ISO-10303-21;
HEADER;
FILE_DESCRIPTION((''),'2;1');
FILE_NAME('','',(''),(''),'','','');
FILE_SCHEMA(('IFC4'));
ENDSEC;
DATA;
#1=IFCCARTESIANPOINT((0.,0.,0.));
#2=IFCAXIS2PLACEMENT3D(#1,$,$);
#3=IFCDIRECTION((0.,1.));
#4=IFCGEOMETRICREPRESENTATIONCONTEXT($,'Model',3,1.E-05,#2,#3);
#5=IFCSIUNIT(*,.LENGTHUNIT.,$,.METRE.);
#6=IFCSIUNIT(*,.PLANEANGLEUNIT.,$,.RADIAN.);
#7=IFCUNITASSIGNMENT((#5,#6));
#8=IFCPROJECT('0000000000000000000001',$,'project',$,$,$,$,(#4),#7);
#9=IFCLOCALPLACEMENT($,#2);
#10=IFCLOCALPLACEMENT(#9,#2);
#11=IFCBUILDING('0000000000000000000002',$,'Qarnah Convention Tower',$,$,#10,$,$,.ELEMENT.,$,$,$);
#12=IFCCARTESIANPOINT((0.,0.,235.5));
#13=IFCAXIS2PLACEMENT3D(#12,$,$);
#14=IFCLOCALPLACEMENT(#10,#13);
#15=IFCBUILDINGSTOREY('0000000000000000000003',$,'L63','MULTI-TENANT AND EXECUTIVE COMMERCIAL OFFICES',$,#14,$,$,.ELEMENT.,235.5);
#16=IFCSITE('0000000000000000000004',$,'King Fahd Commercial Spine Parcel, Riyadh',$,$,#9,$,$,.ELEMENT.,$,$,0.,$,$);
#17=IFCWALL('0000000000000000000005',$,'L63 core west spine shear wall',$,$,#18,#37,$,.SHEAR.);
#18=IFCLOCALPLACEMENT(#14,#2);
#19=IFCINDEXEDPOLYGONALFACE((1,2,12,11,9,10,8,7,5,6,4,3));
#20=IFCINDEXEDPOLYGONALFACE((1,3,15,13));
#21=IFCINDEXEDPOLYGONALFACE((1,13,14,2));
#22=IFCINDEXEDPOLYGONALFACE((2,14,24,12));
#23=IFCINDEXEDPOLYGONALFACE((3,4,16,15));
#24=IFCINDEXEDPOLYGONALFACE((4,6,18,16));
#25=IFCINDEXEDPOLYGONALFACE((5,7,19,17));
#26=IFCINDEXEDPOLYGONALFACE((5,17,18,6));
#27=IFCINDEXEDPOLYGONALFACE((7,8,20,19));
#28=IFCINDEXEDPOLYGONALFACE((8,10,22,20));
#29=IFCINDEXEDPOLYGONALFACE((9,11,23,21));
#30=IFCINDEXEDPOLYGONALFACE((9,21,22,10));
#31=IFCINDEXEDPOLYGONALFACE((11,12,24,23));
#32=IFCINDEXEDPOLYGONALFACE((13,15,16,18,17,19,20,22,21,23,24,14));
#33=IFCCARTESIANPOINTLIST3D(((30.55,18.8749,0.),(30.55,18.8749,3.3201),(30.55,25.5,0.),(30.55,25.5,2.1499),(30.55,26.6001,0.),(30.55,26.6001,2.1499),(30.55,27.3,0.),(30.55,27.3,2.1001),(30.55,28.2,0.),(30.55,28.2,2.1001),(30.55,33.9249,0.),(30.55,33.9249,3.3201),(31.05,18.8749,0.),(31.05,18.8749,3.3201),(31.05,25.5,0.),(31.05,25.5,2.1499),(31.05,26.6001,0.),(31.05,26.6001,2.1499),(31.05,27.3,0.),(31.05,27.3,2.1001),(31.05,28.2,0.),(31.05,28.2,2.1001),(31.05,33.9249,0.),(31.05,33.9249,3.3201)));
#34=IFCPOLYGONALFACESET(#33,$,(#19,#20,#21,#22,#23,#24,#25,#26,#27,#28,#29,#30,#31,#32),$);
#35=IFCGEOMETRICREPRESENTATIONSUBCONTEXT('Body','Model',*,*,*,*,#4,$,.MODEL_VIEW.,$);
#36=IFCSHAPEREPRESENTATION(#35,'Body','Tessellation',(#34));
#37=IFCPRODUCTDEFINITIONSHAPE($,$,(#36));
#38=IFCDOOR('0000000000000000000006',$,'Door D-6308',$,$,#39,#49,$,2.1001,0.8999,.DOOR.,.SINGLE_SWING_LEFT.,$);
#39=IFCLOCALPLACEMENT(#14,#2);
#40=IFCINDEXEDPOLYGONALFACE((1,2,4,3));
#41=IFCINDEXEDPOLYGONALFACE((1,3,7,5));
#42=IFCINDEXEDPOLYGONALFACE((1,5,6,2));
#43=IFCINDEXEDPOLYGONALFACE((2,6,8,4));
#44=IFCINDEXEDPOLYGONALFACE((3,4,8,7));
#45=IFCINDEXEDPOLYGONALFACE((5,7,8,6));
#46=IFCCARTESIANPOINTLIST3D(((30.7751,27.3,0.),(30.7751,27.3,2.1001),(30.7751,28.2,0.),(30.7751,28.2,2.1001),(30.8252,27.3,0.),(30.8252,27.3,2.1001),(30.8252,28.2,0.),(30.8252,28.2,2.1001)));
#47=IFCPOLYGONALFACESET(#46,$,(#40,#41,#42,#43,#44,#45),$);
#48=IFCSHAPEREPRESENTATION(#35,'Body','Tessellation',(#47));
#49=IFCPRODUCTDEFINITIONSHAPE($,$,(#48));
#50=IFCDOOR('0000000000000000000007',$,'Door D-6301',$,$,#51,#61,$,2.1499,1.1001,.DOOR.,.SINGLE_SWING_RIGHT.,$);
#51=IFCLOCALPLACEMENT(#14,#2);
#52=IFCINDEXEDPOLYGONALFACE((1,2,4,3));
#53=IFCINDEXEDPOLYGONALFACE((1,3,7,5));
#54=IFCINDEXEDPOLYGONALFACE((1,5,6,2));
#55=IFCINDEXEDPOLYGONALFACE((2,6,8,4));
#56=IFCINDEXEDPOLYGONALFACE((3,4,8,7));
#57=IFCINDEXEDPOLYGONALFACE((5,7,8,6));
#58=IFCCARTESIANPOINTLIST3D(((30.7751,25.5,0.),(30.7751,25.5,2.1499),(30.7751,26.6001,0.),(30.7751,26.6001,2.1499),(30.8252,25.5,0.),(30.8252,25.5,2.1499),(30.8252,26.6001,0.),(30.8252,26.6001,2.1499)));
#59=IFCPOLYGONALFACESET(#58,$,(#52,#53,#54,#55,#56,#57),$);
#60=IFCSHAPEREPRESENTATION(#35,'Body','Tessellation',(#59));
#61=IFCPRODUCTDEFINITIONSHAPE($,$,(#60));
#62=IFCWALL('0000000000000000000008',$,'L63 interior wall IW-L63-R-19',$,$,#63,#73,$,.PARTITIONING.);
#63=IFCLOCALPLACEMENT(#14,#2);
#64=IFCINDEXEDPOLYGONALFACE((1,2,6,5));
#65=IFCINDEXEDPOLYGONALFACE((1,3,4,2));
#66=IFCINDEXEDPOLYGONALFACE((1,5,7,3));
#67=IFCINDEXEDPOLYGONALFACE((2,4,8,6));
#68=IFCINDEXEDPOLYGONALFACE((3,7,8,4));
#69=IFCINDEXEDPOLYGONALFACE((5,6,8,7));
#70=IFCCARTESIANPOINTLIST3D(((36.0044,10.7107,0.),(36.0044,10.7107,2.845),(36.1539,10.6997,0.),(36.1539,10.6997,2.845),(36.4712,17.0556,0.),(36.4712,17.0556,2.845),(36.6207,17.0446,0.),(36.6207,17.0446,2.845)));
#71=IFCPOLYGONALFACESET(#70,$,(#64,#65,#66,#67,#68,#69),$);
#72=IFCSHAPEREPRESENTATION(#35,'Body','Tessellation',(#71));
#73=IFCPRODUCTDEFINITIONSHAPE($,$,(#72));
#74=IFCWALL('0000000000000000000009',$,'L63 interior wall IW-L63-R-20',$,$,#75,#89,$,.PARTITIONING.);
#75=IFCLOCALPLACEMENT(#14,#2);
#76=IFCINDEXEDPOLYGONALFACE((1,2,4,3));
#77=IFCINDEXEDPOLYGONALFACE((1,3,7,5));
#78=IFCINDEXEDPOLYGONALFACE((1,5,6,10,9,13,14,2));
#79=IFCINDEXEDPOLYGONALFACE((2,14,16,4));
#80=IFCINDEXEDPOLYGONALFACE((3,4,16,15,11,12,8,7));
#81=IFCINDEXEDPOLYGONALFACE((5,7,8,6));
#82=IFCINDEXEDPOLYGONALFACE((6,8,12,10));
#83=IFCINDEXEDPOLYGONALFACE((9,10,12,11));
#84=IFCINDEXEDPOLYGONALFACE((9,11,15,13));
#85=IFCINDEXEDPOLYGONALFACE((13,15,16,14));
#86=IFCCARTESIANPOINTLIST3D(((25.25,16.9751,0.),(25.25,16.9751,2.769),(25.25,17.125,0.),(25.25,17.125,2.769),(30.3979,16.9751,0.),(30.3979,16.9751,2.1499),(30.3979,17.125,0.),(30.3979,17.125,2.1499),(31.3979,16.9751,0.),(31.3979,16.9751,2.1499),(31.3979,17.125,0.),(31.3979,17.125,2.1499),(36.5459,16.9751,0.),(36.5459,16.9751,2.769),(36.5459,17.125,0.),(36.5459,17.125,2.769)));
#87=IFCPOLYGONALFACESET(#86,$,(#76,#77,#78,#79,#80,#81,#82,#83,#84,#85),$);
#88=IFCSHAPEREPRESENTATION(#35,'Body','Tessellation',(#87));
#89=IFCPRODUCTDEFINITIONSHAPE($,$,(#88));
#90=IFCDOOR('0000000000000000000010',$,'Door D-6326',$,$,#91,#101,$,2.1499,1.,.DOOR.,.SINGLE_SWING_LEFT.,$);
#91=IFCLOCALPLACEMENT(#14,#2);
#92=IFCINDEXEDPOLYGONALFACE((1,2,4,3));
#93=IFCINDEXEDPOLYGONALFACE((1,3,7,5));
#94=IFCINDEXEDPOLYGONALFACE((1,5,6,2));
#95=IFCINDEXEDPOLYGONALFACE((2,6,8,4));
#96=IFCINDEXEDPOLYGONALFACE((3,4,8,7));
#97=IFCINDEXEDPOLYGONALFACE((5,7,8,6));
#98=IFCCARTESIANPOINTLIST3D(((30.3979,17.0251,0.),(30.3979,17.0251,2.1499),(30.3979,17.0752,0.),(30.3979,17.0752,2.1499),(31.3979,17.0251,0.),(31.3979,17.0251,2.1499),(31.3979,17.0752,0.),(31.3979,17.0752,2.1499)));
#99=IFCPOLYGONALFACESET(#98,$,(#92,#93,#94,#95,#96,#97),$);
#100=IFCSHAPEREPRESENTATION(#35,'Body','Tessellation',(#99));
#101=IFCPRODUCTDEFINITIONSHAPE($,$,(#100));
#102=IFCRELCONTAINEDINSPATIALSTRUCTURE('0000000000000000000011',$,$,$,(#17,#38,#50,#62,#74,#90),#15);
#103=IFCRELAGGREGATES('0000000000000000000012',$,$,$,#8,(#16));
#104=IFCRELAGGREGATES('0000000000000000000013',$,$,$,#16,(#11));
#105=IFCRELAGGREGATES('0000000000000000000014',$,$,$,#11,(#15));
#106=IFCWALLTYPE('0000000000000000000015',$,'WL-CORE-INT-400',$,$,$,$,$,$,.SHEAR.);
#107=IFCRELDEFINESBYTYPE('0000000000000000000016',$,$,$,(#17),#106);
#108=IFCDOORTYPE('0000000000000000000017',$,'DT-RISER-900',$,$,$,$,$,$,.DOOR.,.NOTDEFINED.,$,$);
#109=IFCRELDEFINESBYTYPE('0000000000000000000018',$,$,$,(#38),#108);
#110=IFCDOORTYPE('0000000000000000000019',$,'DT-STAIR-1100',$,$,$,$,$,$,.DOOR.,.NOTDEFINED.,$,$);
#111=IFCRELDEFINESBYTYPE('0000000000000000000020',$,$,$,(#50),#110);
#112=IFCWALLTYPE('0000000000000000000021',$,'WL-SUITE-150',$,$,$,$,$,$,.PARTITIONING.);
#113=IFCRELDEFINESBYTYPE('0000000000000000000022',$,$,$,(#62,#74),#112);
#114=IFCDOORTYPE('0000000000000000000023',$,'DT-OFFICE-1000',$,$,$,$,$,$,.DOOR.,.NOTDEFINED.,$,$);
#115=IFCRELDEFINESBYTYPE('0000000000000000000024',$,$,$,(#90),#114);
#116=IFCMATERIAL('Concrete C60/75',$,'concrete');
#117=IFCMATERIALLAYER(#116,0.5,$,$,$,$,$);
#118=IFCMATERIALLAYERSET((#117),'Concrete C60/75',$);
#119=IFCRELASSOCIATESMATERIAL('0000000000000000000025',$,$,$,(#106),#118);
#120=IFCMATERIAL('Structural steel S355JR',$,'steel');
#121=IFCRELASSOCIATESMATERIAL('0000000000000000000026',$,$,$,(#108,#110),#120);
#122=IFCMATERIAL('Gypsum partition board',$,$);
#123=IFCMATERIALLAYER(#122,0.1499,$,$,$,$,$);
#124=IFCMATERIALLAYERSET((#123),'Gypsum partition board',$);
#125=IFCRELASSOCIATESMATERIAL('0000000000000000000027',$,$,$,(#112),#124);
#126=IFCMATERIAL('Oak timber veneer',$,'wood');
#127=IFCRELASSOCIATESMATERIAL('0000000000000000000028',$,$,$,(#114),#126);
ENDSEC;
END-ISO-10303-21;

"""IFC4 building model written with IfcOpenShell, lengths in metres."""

from ifc_helpers import new_model, si_unit, direction, frame, frame_2d, origin, place, context, subcontext, project, spatial, rectangle, extrude, material, layer, layer_set, type_object, element, fill, save


model = new_model("IFC4")

# Units and contexts
model_context = context("Model", 3, precision=1e-05, world=origin(), true_north=direction((0.0, 1.0)))
body_context = subcontext(model_context, "Body", "Model", "MODEL_VIEW")
ifc_project = project(units=[si_unit("LENGTHUNIT", "METRE"), si_unit("PLANEANGLEUNIT", "RADIAN")], contexts=[model_context])

# Site, building, storey
site_placement = place(None, origin())
site = spatial("IfcSite", under=ifc_project, at=site_placement, Name="King Fahd Commercial Spine Parcel, Riyadh", CompositionType="ELEMENT", RefElevation=0.0)
building_placement = place(site_placement, origin())
building = spatial("IfcBuilding", under=site, at=building_placement, Name="Qarnah Convention Tower", CompositionType="ELEMENT")
storey_placement = place(building_placement, frame((0.0, 0.0, 235.5)))
storey = spatial("IfcBuildingStorey", under=building, at=storey_placement, Name="L63", Description="MULTI-TENANT AND EXECUTIVE COMMERCIAL OFFICES", CompositionType="ELEMENT", Elevation=235.5)

# Shared definitions
ifc_material_1 = material(Name="Structural steel S355JR", Category="steel")

# Wall, openings, doors
ifc_material_2 = material(Name="Concrete C60/75", Category="concrete")
ifc_layer_1 = layer(ifc_material_2, 0.5)
ifc_layer_set_1 = layer_set([ifc_layer_1], Name="Concrete C60/75")
wall_type_1 = type_object("IfcWallType", Name="WL-CORE-INT-400", PredefinedType="SHEAR", material=ifc_layer_set_1)
wall_1_placement = place(storey_placement, frame((30.8, 18.875, 0.0), z_axis=(0.0, 0.0, 1.0), x_axis=(0.0, 1.0, 0.0)))
wall_1 = element("IfcWall", 1, at=wall_1_placement, inside=storey, type_object=wall_type_1, Name="L63 core west spine shear wall", PredefinedType="SHEAR", context=body_context, shape_type="SweptSolid", body=[
    extrude(rectangle(XDim=15.05, YDim=0.5, at=frame_2d((7.5249, 0.0))), origin(), (0.0, 0.0, 1.0), 3.3201),
])
opening_1_placement = place(wall_1_placement, frame((6.625, 0.0, 0.0)))
opening_1 = element("IfcOpeningElement", 2, at=opening_1_placement, cuts=wall_1, PredefinedType="OPENING", context=body_context, shape_type="SweptSolid", body=[
    extrude(rectangle(XDim=1.1001, YDim=2.1499, at=frame_2d((0.55, 1.075))), frame((0.0, 0.26, 0.0), z_axis=(0.0, -1.0, 0.0), x_axis=(1.0, 0.0, 0.0)), (0.0, 0.0, 1.0), 0.52),
])
opening_2_placement = place(wall_1_placement, frame((8.425, 0.0, 0.0)))
opening_2 = element("IfcOpeningElement", 3, at=opening_2_placement, cuts=wall_1, PredefinedType="OPENING", context=body_context, shape_type="SweptSolid", body=[
    extrude(rectangle(XDim=0.8999, YDim=2.1001, at=frame_2d((0.45, 1.05))), frame((0.0, 0.26, 0.0), z_axis=(0.0, -1.0, 0.0), x_axis=(1.0, 0.0, 0.0)), (0.0, 0.0, 1.0), 0.52),
])
door_type_1 = type_object("IfcDoorType", Name="DT-RISER-900", OperationType="NOTDEFINED", PredefinedType="DOOR", material=ifc_material_1)
door_1_placement = place(opening_2_placement, origin())
door_1 = element("IfcDoor", 4, at=door_1_placement, inside=storey, type_object=door_type_1, Name="Door D-6308", OperationType="SINGLE_SWING_LEFT", OverallHeight=2.1001, OverallWidth=0.8999, PredefinedType="DOOR", context=body_context, shape_type="SweptSolid", body=[
    extrude(rectangle(XDim=0.8999, YDim=2.1001, at=frame_2d((0.45, 1.05))), frame((0.0, 0.0249, 0.0), z_axis=(0.0, -1.0, 0.0), x_axis=(1.0, 0.0, 0.0)), (0.0, 0.0, 1.0), 0.05),
])
fill(opening_2, door_1)
door_type_2 = type_object("IfcDoorType", Name="DT-STAIR-1100", OperationType="NOTDEFINED", PredefinedType="DOOR", material=ifc_material_1)
door_2_placement = place(opening_1_placement, origin())
door_2 = element("IfcDoor", 5, at=door_2_placement, inside=storey, type_object=door_type_2, Name="Door D-6301", OperationType="SINGLE_SWING_RIGHT", OverallHeight=2.1499, OverallWidth=1.1001, PredefinedType="DOOR", context=body_context, shape_type="SweptSolid", body=[
    extrude(rectangle(XDim=1.1001, YDim=2.1499, at=frame_2d((0.55, 1.075))), frame((0.0, 0.0249, 0.0), z_axis=(0.0, -1.0, 0.0), x_axis=(1.0, 0.0, 0.0)), (0.0, 0.0, 1.0), 0.05),
])
fill(opening_1, door_2)

# Wall
ifc_material_3 = material(Name="Gypsum partition board")
ifc_layer_2 = layer(ifc_material_3, 0.1499)
ifc_layer_set_2 = layer_set([ifc_layer_2], Name="Gypsum partition board")
wall_type_2 = type_object("IfcWallType", Name="WL-SUITE-150", PredefinedType="PARTITIONING", material=ifc_layer_set_2)
wall_2_placement = place(storey_placement, frame((36.0791, 10.7051, 0.0), z_axis=(0.0, 0.0, 1.0), x_axis=(0.073371, 0.997305, 0.0)))
element("IfcWall", 6, at=wall_2_placement, inside=storey, type_object=wall_type_2, Name="L63 interior wall IW-L63-R-19", PredefinedType="PARTITIONING", context=body_context, shape_type="SweptSolid", body=[
    extrude(rectangle(XDim=6.3621, YDim=0.1499, at=frame_2d((3.1812, 0.0))), origin(), (0.0, 0.0, 1.0), 2.845),
])

# Wall, opening, door
wall_3_placement = place(storey_placement, frame((36.5459, 17.05, 0.0), z_axis=(0.0, 0.0, 1.0), x_axis=(-1.0, 0.0, 0.0)))
wall_3 = element("IfcWall", 7, at=wall_3_placement, inside=storey, type_object=wall_type_2, Name="L63 interior wall IW-L63-R-20", PredefinedType="PARTITIONING", context=body_context, shape_type="SweptSolid", body=[
    extrude(rectangle(XDim=11.2959, YDim=0.1499, at=frame_2d((5.6479, 0.0))), origin(), (0.0, 0.0, 1.0), 2.769),
])
opening_3_placement = place(wall_3_placement, frame((5.1479, 0.0, 0.0)))
opening_3 = element("IfcOpeningElement", 8, at=opening_3_placement, cuts=wall_3, PredefinedType="OPENING", context=body_context, shape_type="SweptSolid", body=[
    extrude(rectangle(XDim=1.0, YDim=2.1499, at=frame_2d((0.5, 1.075))), frame((0.0, 0.085, 0.0), z_axis=(0.0, -1.0, 0.0), x_axis=(1.0, 0.0, 0.0)), (0.0, 0.0, 1.0), 0.1699),
])
ifc_material_4 = material(Name="Oak timber veneer", Category="wood")
door_type_3 = type_object("IfcDoorType", Name="DT-OFFICE-1000", OperationType="NOTDEFINED", PredefinedType="DOOR", material=ifc_material_4)
door_3_placement = place(opening_3_placement, origin())
door_3 = element("IfcDoor", 9, at=door_3_placement, inside=storey, type_object=door_type_3, Name="Door D-6326", OperationType="SINGLE_SWING_LEFT", OverallHeight=2.1499, OverallWidth=1.0, PredefinedType="DOOR", context=body_context, shape_type="SweptSolid", body=[
    extrude(rectangle(XDim=1.0, YDim=2.1499, at=frame_2d((0.5, 1.075))), frame((0.0, 0.0249, 0.0), z_axis=(0.0, -1.0, 0.0), x_axis=(1.0, 0.0, 0.0)), (0.0, 0.0, 1.0), 0.05),
])
fill(opening_3, door_3)

save(model, "model.ifc")
